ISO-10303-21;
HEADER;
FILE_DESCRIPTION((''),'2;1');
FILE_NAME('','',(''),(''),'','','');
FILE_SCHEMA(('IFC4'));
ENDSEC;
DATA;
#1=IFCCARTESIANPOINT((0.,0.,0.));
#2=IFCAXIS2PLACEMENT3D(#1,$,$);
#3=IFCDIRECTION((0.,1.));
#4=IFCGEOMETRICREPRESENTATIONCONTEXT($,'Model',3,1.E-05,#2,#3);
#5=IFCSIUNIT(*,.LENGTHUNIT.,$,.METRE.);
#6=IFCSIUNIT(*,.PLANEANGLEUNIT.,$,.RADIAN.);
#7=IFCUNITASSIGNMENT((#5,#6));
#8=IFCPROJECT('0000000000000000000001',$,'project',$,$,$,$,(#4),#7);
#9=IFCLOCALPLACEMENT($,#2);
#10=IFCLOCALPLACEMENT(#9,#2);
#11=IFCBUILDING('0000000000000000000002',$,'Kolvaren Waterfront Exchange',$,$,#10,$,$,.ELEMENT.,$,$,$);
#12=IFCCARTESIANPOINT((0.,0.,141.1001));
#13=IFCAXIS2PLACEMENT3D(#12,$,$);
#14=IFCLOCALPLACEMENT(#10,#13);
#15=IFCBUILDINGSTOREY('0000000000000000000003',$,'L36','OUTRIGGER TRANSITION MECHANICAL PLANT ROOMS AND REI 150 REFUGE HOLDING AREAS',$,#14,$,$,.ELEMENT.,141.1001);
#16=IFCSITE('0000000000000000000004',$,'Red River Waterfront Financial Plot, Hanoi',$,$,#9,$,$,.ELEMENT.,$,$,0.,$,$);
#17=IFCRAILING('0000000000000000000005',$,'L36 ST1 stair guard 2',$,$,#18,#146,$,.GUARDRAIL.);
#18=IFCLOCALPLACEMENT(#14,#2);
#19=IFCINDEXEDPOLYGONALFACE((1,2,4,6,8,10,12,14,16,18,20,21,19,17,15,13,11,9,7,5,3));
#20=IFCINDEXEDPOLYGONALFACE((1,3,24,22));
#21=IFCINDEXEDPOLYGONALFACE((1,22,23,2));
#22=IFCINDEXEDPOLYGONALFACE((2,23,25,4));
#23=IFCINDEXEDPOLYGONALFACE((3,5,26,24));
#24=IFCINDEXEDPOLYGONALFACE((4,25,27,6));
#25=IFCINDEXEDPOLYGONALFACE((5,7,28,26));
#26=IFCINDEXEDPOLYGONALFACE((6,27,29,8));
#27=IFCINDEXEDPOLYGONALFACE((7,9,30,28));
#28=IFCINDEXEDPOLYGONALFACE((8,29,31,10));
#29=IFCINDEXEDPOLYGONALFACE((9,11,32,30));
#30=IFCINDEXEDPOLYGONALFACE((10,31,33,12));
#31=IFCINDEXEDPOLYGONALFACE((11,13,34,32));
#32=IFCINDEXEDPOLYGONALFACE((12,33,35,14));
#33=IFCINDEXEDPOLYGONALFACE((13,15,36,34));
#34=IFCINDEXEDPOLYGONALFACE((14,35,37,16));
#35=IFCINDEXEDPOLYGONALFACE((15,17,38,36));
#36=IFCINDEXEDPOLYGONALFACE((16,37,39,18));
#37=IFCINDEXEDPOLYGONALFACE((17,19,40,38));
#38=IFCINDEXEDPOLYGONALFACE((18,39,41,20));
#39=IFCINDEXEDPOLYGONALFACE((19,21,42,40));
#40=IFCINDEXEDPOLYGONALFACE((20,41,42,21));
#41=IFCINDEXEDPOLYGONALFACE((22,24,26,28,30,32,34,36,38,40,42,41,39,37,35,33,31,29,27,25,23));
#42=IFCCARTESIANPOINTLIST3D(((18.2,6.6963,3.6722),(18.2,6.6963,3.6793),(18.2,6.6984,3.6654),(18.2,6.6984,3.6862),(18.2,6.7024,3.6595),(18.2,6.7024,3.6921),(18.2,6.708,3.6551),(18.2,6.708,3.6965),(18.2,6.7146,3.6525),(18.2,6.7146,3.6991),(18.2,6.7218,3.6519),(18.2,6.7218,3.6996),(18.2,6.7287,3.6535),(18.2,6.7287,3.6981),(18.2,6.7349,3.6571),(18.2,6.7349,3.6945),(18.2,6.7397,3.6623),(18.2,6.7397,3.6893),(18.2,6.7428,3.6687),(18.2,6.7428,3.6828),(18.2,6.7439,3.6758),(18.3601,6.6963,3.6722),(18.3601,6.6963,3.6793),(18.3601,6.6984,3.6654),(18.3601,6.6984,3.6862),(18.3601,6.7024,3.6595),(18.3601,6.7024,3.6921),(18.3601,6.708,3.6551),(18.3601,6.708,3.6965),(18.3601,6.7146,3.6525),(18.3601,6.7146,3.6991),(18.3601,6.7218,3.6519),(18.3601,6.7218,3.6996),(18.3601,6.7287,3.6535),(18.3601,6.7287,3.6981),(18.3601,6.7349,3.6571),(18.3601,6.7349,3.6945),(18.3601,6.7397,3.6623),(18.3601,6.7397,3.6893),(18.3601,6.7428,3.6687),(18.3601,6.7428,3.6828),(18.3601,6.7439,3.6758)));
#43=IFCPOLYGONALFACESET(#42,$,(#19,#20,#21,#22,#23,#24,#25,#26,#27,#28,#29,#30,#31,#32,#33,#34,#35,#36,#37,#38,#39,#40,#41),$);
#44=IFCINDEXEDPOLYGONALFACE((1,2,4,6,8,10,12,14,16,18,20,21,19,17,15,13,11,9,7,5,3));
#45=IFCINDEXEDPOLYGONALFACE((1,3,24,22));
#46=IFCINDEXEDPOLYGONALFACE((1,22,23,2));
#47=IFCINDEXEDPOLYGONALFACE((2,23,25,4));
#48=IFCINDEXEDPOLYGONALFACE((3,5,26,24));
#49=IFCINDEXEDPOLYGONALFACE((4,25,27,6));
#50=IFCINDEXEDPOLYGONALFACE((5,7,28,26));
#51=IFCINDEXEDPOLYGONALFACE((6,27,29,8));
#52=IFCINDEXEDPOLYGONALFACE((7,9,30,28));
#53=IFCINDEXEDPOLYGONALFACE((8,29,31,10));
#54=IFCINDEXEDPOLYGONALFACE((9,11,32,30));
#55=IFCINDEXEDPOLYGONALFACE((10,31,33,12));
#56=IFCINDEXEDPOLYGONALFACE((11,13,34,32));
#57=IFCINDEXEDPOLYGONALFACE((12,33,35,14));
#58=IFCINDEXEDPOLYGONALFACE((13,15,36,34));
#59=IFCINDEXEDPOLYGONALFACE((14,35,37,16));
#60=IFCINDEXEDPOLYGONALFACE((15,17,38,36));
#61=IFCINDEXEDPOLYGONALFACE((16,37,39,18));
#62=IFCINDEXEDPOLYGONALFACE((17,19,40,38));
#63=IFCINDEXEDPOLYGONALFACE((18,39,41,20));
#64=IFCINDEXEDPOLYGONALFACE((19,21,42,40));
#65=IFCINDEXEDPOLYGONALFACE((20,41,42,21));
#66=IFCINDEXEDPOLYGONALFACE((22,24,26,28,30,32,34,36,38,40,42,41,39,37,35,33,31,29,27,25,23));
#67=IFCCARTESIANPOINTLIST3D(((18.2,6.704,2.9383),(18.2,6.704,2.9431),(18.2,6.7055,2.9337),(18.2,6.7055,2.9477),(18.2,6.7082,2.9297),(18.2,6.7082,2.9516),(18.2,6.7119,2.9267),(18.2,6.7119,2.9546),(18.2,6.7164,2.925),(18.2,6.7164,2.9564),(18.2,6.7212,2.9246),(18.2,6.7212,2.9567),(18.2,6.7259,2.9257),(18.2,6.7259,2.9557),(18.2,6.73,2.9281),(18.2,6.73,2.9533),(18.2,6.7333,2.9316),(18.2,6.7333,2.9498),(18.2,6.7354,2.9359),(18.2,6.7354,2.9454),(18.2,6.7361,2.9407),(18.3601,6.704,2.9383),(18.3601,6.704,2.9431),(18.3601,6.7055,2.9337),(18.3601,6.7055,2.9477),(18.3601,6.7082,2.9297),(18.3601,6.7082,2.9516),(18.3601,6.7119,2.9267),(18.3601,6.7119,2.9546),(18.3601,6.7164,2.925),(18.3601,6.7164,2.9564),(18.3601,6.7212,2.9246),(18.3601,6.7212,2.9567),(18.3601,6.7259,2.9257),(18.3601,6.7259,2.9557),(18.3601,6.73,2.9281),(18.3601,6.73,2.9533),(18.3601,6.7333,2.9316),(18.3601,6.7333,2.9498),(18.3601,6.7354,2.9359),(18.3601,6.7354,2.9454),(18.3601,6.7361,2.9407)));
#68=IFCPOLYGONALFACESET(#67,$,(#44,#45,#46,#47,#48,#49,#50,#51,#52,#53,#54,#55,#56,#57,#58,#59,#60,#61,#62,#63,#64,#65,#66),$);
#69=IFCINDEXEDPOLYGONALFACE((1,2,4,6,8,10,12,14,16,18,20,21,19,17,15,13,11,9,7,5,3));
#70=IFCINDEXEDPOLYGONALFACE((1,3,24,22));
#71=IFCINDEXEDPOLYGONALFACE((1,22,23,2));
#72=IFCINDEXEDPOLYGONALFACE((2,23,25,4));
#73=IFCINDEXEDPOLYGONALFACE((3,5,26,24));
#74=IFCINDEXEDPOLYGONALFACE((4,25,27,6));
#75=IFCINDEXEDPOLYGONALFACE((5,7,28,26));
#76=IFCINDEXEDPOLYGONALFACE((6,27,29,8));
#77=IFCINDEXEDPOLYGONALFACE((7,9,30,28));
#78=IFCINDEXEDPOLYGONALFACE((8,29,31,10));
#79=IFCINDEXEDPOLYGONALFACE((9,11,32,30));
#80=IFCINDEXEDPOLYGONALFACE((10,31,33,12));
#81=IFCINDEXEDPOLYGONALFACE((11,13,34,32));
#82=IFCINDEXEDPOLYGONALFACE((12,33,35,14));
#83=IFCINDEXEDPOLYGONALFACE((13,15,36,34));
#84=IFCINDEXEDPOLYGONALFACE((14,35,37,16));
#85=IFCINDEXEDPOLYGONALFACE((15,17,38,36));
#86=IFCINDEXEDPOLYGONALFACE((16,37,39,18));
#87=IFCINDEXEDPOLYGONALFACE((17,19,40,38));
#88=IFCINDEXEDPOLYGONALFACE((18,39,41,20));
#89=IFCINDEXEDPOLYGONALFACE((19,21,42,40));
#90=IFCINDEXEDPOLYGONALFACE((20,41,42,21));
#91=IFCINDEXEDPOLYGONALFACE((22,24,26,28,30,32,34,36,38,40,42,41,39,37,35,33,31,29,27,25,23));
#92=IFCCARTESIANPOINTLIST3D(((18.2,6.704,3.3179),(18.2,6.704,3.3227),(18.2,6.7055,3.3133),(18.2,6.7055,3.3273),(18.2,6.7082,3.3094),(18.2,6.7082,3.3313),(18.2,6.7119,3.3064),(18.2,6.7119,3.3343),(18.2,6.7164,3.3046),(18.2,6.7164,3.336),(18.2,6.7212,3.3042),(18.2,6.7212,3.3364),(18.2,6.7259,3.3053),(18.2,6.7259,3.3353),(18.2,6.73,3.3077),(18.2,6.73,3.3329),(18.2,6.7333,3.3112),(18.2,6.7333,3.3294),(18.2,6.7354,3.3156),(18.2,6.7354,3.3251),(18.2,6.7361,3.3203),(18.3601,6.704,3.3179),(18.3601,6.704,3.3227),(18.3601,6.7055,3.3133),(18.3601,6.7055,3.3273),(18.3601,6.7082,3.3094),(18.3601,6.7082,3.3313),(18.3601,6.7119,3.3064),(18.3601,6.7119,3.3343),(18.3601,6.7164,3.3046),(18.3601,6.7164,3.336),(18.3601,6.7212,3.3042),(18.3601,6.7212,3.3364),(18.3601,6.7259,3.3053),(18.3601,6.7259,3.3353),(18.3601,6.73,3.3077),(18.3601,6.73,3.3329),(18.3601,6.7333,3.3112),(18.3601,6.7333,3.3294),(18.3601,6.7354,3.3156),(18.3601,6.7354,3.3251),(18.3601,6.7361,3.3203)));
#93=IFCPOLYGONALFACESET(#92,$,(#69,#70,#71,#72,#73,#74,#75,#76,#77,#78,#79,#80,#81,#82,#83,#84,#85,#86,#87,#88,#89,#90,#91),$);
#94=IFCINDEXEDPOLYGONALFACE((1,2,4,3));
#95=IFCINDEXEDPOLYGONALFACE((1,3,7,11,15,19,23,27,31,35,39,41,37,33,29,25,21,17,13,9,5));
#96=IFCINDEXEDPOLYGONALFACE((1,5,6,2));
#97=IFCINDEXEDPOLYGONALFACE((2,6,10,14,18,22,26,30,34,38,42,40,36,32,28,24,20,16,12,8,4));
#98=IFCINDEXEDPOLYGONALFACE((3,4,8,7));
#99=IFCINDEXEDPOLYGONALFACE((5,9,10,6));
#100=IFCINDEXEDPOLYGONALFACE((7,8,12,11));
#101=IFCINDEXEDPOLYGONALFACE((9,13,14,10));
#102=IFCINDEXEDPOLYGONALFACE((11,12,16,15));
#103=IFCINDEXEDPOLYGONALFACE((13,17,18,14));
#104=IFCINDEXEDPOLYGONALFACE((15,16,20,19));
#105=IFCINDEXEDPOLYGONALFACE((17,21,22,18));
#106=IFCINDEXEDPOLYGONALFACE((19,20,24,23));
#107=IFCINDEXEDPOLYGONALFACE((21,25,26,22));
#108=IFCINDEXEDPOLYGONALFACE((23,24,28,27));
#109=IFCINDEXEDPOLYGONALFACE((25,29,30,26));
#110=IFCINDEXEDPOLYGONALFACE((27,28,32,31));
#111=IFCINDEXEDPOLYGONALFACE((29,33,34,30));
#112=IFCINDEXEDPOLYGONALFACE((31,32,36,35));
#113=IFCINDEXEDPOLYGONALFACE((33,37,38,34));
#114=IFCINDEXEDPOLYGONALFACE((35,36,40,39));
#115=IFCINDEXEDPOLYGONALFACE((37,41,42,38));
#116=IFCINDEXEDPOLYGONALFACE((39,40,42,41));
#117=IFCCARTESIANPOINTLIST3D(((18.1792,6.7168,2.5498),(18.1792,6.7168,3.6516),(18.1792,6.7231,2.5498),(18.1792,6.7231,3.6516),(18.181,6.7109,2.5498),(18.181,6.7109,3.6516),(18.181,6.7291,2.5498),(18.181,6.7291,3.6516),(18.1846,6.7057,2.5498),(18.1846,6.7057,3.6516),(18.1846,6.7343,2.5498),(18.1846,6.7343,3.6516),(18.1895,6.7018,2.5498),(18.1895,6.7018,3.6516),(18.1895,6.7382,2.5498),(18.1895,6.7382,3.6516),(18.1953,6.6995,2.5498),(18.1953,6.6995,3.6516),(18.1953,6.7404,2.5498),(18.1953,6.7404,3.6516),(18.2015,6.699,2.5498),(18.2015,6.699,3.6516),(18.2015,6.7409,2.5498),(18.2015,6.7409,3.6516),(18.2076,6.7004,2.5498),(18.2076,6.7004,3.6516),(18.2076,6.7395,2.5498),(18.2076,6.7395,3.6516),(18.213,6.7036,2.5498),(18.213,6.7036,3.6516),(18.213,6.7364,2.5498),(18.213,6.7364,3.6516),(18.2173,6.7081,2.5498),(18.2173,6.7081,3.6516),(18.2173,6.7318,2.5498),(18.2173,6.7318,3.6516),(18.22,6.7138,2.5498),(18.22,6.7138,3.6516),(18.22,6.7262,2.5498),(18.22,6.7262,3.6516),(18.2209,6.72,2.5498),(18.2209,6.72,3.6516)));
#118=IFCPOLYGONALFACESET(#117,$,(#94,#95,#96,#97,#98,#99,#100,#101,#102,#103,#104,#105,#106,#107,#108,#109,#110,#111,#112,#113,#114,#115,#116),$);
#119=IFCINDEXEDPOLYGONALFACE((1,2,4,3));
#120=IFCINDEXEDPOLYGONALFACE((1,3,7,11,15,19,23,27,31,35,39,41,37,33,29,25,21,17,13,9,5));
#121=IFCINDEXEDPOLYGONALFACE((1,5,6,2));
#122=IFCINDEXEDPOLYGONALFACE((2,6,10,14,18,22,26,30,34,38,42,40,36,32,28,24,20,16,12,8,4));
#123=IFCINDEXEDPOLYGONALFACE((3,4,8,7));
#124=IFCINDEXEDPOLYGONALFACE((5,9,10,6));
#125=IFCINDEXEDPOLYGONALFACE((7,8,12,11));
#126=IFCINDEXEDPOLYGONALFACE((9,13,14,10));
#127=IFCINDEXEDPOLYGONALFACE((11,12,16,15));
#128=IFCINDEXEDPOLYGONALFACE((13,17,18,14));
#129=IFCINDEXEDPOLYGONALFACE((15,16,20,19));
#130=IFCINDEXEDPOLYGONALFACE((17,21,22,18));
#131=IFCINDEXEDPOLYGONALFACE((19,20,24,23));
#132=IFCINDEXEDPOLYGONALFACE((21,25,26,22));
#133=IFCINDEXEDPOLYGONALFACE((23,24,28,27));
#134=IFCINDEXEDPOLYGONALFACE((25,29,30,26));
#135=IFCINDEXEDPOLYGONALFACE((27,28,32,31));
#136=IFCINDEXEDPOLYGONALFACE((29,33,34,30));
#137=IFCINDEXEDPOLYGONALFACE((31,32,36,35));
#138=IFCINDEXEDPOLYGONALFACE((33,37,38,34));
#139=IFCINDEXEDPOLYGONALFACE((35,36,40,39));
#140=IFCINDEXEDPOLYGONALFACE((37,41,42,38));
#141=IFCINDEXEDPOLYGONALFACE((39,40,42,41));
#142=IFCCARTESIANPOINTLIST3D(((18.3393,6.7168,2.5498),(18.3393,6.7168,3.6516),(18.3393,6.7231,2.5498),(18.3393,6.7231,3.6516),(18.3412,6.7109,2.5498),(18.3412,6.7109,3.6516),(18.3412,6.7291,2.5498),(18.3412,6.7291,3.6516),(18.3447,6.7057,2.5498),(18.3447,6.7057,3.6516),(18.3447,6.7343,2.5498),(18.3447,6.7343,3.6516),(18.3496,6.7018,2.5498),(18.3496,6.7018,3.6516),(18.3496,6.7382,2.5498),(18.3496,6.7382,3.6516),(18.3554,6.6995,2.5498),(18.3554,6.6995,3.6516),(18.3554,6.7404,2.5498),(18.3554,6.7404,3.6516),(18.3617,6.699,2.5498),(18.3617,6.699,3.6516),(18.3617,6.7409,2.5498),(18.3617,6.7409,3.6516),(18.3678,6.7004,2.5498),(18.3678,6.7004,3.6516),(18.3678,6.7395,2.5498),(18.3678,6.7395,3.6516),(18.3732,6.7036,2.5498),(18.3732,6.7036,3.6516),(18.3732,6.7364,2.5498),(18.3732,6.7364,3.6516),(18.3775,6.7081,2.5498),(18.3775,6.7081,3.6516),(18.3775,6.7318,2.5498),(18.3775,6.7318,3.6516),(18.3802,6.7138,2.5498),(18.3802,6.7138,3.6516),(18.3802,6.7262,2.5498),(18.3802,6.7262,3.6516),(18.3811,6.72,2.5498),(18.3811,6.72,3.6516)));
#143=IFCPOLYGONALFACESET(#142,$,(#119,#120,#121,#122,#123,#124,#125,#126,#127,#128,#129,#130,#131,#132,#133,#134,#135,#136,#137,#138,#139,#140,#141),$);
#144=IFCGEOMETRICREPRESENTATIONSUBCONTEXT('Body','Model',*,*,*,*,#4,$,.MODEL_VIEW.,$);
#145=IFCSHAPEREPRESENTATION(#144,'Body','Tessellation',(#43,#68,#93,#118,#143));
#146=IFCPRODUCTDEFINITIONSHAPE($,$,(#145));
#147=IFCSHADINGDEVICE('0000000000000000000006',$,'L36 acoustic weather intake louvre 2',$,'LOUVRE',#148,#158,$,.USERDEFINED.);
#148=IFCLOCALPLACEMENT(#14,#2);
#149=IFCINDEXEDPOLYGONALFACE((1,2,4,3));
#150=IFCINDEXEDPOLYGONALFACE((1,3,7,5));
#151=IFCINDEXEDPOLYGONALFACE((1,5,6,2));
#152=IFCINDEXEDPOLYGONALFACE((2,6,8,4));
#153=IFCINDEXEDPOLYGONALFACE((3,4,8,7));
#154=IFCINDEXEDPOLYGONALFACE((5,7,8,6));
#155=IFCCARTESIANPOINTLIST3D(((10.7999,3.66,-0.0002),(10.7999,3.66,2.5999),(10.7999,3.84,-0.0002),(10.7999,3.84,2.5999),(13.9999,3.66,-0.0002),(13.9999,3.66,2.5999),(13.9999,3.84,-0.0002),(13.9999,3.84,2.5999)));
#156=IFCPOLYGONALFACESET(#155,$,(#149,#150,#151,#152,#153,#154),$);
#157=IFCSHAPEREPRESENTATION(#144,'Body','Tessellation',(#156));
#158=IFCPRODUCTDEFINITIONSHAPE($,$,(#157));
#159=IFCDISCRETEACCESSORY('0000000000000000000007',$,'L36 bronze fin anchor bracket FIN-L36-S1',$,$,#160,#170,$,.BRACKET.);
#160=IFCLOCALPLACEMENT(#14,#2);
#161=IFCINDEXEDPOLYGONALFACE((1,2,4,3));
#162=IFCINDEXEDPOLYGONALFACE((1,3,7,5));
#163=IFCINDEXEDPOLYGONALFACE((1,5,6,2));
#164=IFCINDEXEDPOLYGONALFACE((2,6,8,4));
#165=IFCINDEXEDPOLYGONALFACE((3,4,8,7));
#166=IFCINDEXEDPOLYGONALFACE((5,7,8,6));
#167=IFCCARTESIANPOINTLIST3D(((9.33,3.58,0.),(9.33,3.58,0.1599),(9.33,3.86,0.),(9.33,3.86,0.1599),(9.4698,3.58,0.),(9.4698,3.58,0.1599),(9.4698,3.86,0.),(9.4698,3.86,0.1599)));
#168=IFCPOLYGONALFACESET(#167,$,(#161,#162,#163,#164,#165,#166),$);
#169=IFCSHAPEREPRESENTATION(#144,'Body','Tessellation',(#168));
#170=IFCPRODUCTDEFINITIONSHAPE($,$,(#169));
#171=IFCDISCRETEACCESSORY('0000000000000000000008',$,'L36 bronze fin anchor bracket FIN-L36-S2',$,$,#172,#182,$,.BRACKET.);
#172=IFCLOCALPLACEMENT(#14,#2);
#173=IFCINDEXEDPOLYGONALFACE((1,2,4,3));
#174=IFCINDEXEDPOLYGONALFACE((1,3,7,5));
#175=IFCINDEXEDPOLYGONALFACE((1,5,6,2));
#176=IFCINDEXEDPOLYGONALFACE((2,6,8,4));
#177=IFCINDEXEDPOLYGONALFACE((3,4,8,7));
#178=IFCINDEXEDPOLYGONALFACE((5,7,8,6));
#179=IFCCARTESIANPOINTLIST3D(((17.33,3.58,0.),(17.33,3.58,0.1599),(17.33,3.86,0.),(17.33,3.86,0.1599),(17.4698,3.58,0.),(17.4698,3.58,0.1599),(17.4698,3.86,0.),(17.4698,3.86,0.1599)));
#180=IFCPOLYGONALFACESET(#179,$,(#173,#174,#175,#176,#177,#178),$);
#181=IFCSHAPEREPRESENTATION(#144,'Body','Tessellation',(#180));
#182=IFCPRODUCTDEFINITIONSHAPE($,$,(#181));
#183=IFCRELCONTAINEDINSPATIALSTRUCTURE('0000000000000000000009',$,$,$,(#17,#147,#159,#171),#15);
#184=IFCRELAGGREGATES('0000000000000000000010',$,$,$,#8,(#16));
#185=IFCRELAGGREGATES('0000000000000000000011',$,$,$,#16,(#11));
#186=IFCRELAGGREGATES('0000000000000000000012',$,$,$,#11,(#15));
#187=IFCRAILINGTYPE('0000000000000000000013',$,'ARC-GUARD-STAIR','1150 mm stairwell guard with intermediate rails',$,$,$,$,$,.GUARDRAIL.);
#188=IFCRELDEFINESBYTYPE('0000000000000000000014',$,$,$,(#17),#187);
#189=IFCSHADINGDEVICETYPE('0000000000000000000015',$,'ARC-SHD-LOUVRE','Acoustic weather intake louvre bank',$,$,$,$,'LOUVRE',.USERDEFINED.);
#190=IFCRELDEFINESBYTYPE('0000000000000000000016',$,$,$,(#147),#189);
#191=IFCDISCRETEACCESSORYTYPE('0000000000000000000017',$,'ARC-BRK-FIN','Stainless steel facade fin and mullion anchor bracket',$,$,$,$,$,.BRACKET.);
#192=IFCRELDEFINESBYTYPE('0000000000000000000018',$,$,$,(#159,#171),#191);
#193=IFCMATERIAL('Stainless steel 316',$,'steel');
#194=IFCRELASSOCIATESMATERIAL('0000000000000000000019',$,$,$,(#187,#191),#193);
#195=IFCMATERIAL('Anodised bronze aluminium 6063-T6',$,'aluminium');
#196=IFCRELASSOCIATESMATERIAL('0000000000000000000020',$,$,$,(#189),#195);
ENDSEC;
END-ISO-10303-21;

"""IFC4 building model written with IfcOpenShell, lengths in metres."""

from ifc_helpers import new_model, si_unit, direction, frame, origin, origin_with_axes, origin_2d, place, context, subcontext, project, spatial, rectangle, circle, extrude, source, transform, mapped, material, type_object, element, save


model = new_model("IFC4")

# Units and contexts
model_context = context("Model", 3, precision=1e-05, world=origin(), true_north=direction((0.0, 1.0)))
body_context = subcontext(model_context, "Body", "Model", "MODEL_VIEW")
ifc_project = project(units=[si_unit("LENGTHUNIT", "METRE"), si_unit("PLANEANGLEUNIT", "RADIAN")], contexts=[model_context])

# Site, building, storey
site_placement = place(None, origin())
site = spatial("IfcSite", under=ifc_project, at=site_placement, Name="Red River Waterfront Financial Plot, Hanoi", CompositionType="ELEMENT", RefElevation=0.0)
building_placement = place(site_placement, origin())
building = spatial("IfcBuilding", under=site, at=building_placement, Name="Kolvaren Waterfront Exchange", CompositionType="ELEMENT")
storey_placement = place(building_placement, frame((0.0, 0.0, 141.1001)))
storey = spatial("IfcBuildingStorey", under=building, at=storey_placement, Name="L36", Description="OUTRIGGER TRANSITION MECHANICAL PLANT ROOMS AND REI 150 REFUGE HOLDING AREAS", CompositionType="ELEMENT", Elevation=141.1001)

# Shared definitions
ifc_material_1 = material(Name="Anodised bronze aluminium 6063-T6", Category="aluminium")

# Railing
ifc_material_2 = material(Name="Stainless steel 316", Category="steel")
railing_type = type_object("IfcRailingType", Name="ARC-GUARD-STAIR", Description="1150 mm stairwell guard with intermediate rails", PredefinedType="GUARDRAIL", material=ifc_material_2)
railing_1_placement = place(storey_placement, frame((18.2, 6.72, 2.5498)))
element("IfcRailing", 1, at=railing_1_placement, inside=storey, type_object=railing_type, Name="L36 ST1 stair guard 2", PredefinedType="GUARDRAIL", context=body_context, shape_type="SweptSolid", body=[
    extrude(circle(Radius=0.0239, at=origin_2d()), frame((0.0, 0.0, 1.126), z_axis=(1.0, 0.0, 0.0), x_axis=(0.0, 1.0, 0.0)), (0.0, 0.0, 1.0), 0.1602),
    extrude(circle(Radius=0.0161, at=origin_2d()), frame((0.0, 0.0, 0.3909), z_axis=(1.0, 0.0, 0.0), x_axis=(0.0, 1.0, 0.0)), (0.0, 0.0, 1.0), 0.1602),
    extrude(circle(Radius=0.0161, at=origin_2d()), frame((0.0, 0.0, 0.7705), z_axis=(1.0, 0.0, 0.0), x_axis=(0.0, 1.0, 0.0)), (0.0, 0.0, 1.0), 0.1602),
    extrude(circle(Radius=0.021, at=origin_2d()), origin(), (0.0, 0.0, 1.0), 1.1018),
    extrude(circle(Radius=0.021, at=origin_2d()), frame((0.1602, 0.0, 0.0)), (0.0, 0.0, 1.0), 1.1018),
])

# Shading device
shading_device_type_1 = type_object("IfcShadingDeviceType", Name="ARC-SHD-LOUVRE", Description="Acoustic weather intake louvre bank", ElementType="LOUVRE", PredefinedType="USERDEFINED", material=ifc_material_1)
shared_shape_1 = source(origin_with_axes(), body_context, "Body", "SweptSolid", [
    extrude(rectangle(XDim=3.2, YDim=0.1799, at=origin_2d()), origin(), (0.0, 0.0, 1.0), 2.6001),
])
shading_device_placement = place(storey_placement, frame((12.3999, 3.75, -0.0002), z_axis=(0.0, 0.0, 1.0), x_axis=(1.0, 0.0, 0.0)))
element("IfcShadingDevice", 2, at=shading_device_placement, inside=storey, type_object=shading_device_type_1, Name="L36 acoustic weather intake louvre 2", ObjectType="LOUVRE", PredefinedType="USERDEFINED", context=body_context, shape_type="MappedRepresentation", body=[
    mapped(shared_shape_1, transform((0.0, 0.0, 0.0), x_axis=(1.0, 0.0, 0.0), y_axis=(0.0, 1.0, 0.0), z_axis=(0.0, 0.0, 1.0), scale=1.0)),
])

# Discrete accessories
discrete_accessory_type = type_object("IfcDiscreteAccessoryType", Name="ARC-BRK-FIN", Description="Stainless steel facade fin and mullion anchor bracket", PredefinedType="BRACKET", material=ifc_material_2)
shared_shape_2 = source(origin_with_axes(), body_context, "Body", "SweptSolid", [
    extrude(rectangle(XDim=0.28, YDim=0.1399, at=origin_2d()), origin(), (0.0, 0.0, 1.0), 0.1599),
])
for number, where, z_axis, x_axis, name in (
    (3, (9.3999, 3.72, 0.0), (0.0, 0.0, 1.0), (0.0, -1.0, 0.0), "L36 bronze fin anchor bracket FIN-L36-S1"),
    (4, (17.3999, 3.72, 0.0), (0.0, 0.0, 1.0), (0.0, -1.0, 0.0), "L36 bronze fin anchor bracket FIN-L36-S2"),
):
    element("IfcDiscreteAccessory", number, at=place(storey_placement, frame(where, z_axis=z_axis, x_axis=x_axis)), inside=storey, type_object=discrete_accessory_type, Name=name, PredefinedType="BRACKET", context=body_context, shape_type="MappedRepresentation", body=[
        mapped(shared_shape_2, transform((0.0, 0.0, 0.0), x_axis=(1.0, 0.0, 0.0), y_axis=(0.0, 1.0, 0.0), z_axis=(0.0, 0.0, 1.0), scale=1.0)),
    ])

save(model, "model.ifc")
